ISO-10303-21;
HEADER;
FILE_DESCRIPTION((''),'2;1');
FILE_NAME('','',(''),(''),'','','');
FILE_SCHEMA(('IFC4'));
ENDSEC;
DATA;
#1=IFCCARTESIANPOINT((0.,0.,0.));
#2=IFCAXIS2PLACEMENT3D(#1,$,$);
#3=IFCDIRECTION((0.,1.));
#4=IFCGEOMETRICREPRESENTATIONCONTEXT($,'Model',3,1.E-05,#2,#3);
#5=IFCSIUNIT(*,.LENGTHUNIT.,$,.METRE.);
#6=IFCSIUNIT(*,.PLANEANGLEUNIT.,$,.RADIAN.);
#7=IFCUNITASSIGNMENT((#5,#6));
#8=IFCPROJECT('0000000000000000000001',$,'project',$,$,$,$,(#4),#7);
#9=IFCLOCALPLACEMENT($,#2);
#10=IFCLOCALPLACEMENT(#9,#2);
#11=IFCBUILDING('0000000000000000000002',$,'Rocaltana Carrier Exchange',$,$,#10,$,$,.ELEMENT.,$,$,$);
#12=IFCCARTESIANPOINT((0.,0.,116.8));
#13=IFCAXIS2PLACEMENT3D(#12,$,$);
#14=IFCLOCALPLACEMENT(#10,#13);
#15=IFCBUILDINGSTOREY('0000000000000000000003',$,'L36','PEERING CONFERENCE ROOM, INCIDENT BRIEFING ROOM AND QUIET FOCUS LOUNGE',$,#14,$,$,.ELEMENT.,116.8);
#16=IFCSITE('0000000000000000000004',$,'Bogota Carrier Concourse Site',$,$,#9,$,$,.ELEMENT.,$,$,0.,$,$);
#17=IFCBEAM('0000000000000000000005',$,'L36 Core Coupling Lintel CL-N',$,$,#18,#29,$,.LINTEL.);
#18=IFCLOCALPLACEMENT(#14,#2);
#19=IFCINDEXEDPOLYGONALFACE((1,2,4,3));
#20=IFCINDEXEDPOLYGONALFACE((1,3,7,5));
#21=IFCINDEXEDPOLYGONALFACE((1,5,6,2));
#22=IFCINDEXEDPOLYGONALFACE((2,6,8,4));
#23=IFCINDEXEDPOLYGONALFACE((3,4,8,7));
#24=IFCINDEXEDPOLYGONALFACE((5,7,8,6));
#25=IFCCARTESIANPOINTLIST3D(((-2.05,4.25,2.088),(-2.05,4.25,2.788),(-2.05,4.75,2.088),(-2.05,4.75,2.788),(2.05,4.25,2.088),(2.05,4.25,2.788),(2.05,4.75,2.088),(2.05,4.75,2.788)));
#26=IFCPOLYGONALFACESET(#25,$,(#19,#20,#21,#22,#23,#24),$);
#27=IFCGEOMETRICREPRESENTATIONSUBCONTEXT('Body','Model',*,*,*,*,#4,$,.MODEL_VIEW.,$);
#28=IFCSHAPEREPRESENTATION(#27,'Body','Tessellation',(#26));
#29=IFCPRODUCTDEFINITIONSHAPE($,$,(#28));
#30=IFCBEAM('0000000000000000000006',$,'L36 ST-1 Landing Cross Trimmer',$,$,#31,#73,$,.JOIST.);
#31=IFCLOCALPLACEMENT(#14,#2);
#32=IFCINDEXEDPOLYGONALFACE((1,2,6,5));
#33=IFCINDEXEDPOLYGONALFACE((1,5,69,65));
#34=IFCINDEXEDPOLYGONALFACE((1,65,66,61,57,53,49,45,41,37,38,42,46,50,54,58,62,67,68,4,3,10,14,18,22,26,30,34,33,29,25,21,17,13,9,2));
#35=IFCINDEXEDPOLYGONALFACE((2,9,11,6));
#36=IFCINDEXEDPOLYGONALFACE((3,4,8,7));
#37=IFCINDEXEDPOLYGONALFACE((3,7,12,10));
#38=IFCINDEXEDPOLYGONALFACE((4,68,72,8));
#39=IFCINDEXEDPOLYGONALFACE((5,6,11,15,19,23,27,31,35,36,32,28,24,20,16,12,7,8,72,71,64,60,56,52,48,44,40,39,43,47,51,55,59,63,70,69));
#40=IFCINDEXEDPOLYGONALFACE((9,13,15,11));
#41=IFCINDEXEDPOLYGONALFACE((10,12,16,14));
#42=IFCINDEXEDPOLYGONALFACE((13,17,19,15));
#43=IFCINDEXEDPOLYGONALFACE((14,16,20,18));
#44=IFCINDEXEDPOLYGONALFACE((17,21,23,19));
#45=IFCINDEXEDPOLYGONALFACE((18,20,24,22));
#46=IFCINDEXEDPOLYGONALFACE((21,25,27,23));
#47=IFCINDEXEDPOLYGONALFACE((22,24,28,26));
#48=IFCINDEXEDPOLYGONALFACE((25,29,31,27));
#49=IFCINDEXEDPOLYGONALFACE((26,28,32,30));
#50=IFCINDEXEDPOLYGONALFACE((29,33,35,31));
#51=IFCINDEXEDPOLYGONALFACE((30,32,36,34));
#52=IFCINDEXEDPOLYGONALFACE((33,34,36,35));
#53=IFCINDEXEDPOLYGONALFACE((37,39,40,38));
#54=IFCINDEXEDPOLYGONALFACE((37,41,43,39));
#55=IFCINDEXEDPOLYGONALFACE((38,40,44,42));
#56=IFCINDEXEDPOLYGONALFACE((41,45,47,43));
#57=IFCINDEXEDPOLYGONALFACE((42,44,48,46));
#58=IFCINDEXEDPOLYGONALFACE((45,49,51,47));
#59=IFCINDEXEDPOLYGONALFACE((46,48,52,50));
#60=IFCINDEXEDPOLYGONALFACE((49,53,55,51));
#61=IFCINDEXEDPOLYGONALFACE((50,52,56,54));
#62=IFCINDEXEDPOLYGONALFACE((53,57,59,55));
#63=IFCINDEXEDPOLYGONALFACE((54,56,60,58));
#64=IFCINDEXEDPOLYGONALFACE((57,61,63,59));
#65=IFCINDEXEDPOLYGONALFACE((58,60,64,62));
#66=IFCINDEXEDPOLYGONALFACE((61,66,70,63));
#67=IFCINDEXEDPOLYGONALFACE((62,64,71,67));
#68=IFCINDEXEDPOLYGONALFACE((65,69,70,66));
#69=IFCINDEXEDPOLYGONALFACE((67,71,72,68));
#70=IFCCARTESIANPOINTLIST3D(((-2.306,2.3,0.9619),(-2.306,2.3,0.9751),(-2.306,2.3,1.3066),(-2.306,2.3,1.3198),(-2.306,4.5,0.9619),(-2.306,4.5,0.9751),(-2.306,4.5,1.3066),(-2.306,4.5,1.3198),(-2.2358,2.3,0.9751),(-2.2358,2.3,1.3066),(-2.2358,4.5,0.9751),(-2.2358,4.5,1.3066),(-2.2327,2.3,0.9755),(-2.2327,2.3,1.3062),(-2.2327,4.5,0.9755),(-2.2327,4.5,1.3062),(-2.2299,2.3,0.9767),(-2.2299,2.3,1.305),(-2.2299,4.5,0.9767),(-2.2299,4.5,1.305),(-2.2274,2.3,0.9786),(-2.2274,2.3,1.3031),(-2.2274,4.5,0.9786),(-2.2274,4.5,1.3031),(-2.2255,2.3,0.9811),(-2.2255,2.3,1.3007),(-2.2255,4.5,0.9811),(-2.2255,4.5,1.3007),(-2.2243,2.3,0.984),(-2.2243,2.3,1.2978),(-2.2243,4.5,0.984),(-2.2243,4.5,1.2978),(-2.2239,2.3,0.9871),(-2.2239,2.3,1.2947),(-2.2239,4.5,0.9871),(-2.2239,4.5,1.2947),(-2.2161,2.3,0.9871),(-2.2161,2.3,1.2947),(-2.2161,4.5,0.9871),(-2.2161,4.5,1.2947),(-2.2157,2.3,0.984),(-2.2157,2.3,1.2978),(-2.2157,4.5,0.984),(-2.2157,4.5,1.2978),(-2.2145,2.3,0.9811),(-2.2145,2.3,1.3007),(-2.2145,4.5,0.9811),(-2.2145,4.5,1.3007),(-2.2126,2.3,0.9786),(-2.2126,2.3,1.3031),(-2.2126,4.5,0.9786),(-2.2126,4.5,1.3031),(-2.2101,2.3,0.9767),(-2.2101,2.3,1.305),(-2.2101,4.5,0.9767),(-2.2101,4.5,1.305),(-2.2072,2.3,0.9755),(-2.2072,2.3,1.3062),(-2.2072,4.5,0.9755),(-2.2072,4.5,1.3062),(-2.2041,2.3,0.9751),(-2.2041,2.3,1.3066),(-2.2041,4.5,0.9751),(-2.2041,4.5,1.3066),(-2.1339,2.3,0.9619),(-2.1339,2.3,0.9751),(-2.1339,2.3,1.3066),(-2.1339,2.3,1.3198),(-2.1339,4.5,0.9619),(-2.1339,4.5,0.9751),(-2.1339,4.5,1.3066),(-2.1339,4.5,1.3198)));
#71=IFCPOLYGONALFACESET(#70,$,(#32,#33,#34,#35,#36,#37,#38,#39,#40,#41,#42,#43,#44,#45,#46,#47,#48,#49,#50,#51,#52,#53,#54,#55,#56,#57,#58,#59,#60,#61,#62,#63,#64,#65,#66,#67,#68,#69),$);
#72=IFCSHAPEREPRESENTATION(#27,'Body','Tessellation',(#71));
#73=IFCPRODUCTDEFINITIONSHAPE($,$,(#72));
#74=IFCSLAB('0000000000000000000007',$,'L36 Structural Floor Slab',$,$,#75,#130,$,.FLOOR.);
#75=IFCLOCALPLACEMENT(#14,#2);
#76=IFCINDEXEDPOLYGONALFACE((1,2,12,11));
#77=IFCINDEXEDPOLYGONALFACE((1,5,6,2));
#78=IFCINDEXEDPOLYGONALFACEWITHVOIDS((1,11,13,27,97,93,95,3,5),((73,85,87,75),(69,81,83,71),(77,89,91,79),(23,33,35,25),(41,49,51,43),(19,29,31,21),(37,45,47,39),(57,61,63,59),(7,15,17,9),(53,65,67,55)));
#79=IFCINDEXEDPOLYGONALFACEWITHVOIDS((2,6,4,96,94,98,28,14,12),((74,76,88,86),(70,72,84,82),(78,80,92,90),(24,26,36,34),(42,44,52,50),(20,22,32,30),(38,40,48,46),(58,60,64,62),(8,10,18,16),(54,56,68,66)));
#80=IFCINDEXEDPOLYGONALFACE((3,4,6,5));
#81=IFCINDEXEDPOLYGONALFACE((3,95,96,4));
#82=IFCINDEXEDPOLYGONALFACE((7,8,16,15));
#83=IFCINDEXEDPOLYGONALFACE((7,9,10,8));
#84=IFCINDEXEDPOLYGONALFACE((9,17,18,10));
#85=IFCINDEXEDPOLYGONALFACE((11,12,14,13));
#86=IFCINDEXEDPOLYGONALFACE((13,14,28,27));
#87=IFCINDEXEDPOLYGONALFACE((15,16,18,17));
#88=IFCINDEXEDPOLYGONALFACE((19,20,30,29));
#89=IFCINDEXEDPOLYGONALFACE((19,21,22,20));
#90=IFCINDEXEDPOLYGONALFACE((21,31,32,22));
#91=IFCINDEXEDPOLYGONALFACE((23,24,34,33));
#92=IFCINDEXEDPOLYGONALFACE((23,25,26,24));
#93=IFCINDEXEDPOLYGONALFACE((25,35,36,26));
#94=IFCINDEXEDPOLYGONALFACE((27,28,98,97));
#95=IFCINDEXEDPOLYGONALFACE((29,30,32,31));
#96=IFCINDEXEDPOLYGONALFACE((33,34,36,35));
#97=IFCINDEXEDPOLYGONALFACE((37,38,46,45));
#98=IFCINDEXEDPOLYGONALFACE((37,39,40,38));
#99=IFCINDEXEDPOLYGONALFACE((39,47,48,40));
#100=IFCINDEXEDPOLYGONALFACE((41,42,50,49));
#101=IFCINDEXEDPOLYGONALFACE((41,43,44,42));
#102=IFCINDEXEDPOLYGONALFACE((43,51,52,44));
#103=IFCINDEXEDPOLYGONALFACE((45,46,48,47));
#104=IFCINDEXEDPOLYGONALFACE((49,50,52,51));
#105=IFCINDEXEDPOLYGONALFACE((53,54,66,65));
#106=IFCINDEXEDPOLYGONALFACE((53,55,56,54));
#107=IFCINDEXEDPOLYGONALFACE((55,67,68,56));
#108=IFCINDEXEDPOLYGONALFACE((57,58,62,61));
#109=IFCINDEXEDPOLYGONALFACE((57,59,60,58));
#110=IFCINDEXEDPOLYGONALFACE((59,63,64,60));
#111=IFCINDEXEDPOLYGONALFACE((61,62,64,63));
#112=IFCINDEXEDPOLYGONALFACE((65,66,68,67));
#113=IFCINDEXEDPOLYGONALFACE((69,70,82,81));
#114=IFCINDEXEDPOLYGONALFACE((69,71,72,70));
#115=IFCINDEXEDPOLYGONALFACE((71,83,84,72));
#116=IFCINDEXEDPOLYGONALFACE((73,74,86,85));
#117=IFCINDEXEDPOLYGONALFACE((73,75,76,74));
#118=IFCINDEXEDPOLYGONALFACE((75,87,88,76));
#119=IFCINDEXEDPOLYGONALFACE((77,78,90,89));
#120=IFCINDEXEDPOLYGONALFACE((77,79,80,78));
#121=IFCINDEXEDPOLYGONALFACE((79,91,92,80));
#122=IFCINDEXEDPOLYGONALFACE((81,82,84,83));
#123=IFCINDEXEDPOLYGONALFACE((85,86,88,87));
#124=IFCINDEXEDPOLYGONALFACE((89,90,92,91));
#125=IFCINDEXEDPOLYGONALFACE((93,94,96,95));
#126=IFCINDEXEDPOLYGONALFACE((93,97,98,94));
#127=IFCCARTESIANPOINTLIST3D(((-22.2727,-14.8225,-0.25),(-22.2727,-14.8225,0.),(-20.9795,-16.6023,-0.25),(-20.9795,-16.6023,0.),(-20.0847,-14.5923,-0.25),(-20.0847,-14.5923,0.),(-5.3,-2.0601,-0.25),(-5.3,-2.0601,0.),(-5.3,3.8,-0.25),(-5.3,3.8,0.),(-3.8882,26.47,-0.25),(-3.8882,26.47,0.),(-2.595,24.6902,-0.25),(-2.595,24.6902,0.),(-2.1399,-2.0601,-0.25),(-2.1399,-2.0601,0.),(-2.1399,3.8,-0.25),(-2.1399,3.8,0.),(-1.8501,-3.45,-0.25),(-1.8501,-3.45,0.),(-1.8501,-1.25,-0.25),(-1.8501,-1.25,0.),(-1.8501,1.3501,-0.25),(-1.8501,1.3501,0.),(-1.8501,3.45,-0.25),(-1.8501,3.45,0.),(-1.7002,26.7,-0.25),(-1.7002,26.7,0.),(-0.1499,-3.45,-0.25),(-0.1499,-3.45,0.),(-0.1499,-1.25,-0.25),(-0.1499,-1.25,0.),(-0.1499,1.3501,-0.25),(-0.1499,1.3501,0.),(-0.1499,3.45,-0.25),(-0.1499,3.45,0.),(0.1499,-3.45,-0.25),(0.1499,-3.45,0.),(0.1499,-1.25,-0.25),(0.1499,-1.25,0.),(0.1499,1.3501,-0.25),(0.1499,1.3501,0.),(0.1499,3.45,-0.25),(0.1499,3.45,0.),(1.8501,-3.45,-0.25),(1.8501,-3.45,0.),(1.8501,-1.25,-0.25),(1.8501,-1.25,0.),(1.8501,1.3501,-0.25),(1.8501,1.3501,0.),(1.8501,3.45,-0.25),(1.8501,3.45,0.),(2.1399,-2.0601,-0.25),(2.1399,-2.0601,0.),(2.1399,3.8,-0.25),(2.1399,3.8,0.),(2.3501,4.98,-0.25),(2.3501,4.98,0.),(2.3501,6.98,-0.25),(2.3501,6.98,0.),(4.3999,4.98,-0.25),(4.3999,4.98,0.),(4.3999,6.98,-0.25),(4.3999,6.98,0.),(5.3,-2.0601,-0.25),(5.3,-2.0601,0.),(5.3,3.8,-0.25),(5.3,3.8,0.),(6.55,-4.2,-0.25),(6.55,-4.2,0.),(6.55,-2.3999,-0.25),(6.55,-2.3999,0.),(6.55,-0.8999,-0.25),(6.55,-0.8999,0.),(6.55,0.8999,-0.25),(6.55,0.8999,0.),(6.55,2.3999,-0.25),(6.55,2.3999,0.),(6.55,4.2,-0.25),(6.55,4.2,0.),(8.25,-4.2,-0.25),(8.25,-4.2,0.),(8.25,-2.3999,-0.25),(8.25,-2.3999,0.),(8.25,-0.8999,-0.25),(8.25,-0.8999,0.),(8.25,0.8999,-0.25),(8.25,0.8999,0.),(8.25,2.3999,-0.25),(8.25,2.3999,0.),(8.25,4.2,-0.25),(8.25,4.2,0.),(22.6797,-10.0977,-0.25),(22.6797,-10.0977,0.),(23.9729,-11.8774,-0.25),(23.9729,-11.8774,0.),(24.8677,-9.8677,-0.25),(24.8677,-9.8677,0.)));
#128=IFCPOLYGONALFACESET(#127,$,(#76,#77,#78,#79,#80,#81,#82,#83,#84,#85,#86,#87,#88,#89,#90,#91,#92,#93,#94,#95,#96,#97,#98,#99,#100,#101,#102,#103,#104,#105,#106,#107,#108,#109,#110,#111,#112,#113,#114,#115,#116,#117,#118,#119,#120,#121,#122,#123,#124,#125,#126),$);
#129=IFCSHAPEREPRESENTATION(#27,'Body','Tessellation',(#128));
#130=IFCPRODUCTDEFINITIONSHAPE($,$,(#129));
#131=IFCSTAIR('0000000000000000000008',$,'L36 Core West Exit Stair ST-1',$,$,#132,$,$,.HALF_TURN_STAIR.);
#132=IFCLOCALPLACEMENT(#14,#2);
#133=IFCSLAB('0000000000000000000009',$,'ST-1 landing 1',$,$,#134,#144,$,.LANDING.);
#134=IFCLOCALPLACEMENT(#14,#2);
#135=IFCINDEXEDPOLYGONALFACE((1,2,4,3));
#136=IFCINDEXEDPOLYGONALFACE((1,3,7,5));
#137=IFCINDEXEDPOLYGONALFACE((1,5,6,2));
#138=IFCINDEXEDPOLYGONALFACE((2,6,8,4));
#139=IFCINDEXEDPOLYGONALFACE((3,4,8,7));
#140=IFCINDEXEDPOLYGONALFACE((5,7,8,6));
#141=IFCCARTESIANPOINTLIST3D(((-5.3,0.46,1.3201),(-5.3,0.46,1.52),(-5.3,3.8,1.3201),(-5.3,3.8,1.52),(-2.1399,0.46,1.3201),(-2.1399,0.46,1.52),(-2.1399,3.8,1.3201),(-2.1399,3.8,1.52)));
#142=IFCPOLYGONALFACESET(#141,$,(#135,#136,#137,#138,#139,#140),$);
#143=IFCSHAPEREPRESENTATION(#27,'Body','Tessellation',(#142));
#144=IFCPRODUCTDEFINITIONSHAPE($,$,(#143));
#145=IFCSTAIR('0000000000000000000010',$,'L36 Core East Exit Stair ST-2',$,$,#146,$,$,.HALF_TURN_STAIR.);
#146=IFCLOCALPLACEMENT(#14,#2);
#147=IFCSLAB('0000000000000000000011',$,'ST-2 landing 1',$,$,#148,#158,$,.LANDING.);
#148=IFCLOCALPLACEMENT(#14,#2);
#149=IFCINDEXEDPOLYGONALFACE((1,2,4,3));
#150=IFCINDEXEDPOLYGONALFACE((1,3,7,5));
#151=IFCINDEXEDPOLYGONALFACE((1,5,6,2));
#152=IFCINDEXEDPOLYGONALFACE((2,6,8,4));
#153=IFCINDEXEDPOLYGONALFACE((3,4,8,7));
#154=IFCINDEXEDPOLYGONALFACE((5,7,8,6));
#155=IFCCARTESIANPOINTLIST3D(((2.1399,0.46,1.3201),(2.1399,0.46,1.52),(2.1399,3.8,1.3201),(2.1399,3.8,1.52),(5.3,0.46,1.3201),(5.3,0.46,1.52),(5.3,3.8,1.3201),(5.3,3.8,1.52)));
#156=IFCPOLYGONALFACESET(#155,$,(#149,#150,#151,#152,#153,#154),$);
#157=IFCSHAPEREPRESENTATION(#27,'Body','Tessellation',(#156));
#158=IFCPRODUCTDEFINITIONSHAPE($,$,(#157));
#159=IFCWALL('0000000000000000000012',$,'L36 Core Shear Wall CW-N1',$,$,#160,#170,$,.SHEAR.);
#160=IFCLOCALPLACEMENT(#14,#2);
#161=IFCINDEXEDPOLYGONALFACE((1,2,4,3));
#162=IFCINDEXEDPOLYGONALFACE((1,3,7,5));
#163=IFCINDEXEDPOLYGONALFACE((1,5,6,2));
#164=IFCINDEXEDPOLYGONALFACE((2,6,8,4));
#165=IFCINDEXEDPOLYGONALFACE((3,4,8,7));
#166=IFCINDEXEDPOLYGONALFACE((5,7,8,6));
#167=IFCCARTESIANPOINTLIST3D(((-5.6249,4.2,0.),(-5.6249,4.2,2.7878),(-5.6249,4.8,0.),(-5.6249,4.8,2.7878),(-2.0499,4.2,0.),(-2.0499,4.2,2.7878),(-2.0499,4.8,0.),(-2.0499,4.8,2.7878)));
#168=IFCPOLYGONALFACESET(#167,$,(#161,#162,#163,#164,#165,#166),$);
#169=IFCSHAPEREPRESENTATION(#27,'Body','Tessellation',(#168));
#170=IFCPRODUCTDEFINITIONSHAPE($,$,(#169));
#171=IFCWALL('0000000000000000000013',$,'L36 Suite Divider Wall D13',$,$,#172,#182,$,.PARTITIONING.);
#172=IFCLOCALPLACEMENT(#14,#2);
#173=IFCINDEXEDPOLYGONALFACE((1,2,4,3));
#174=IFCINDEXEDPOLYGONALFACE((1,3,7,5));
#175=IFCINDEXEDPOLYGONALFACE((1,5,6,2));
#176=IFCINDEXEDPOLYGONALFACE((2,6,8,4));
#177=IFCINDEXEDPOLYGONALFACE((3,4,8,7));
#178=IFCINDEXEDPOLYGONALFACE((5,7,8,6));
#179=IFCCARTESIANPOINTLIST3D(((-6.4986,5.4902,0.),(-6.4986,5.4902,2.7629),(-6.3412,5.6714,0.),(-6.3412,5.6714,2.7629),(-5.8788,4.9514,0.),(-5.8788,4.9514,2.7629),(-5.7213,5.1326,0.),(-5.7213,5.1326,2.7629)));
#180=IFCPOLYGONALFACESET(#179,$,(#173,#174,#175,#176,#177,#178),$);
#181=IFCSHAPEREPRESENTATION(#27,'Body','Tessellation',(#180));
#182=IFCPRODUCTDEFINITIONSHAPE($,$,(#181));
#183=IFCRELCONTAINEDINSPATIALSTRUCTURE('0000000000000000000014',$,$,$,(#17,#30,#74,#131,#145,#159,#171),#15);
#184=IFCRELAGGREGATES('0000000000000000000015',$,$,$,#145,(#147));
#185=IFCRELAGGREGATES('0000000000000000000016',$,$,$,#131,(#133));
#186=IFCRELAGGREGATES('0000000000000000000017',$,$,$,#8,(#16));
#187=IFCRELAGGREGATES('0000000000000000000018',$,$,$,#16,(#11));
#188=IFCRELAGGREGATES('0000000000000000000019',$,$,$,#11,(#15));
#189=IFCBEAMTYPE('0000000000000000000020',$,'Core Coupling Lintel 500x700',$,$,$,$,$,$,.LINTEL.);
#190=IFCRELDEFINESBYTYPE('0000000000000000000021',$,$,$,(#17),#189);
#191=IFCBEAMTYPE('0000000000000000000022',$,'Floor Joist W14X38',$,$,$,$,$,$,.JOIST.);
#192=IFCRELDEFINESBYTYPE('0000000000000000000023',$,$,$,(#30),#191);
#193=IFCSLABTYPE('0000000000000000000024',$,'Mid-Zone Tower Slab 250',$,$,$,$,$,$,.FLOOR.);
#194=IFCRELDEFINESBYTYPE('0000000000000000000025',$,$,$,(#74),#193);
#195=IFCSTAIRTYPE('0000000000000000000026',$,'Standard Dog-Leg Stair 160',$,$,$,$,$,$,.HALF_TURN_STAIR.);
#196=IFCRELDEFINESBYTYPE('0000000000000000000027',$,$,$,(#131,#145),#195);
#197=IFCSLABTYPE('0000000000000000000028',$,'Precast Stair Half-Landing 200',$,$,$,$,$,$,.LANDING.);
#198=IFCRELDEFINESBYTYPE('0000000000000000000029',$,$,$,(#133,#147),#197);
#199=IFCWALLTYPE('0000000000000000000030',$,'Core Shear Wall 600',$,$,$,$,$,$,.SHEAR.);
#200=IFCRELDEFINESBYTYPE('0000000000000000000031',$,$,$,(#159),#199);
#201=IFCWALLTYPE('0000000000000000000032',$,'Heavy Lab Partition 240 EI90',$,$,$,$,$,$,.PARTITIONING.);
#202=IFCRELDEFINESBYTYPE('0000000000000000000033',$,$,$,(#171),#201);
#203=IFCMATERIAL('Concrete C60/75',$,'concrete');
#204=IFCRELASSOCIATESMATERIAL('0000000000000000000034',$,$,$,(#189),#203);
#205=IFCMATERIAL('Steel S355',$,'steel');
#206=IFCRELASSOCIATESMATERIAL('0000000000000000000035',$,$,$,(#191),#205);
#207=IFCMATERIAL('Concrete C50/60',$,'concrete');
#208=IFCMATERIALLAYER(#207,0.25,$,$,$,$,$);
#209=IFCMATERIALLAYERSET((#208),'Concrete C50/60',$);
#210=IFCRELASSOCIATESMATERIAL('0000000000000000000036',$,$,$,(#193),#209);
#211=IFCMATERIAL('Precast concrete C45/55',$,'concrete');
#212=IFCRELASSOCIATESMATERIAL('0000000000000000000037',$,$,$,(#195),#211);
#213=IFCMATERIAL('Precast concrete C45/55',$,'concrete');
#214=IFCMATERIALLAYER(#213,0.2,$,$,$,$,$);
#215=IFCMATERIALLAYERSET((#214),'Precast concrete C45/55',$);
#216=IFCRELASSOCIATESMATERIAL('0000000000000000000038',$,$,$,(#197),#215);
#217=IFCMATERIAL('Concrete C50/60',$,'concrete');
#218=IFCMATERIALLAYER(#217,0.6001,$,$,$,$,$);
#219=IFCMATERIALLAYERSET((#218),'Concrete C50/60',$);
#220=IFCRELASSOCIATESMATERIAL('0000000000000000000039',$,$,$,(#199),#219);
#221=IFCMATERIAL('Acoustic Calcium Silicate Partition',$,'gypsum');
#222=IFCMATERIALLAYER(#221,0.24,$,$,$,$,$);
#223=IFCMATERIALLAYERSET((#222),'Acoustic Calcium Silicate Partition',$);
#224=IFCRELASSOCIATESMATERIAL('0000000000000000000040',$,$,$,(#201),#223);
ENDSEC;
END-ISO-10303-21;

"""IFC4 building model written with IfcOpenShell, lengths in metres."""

from ifc_helpers import new_model, si_unit, direction, frame, frame_2d, origin, origin_2d, place, context, subcontext, project, spatial, polyline, rectangle, i_section, outline, extrude, material, layer, layer_set, material_profile, profile_set, type_object, element, aggregate, save


model = new_model("IFC4")

# Units and contexts
model_context = context("Model", 3, precision=1e-05, world=origin(), true_north=direction((0.0, 1.0)))
body_context = subcontext(model_context, "Body", "Model", "MODEL_VIEW")
ifc_project = project(units=[si_unit("LENGTHUNIT", "METRE"), si_unit("PLANEANGLEUNIT", "RADIAN")], contexts=[model_context])

# Site, building, storey
site_placement = place(None, origin())
site = spatial("IfcSite", under=ifc_project, at=site_placement, Name="Bogota Carrier Concourse Site", CompositionType="ELEMENT", RefElevation=0.0)
building_placement = place(site_placement, origin())
building = spatial("IfcBuilding", under=site, at=building_placement, Name="Rocaltana Carrier Exchange", CompositionType="ELEMENT")
storey_placement = place(building_placement, frame((0.0, 0.0, 116.8)))
storey = spatial("IfcBuildingStorey", under=building, at=storey_placement, Name="L36", Description="PEERING CONFERENCE ROOM, INCIDENT BRIEFING ROOM AND QUIET FOCUS LOUNGE", CompositionType="ELEMENT", Elevation=116.8)

# Beams
ifc_material_1 = material(Name="Concrete C60/75", Category="concrete")
ifc_material_profile_1 = material_profile(ifc_material_1, rectangle(XDim=0.5, YDim=0.7, at=origin_2d()), Name="RC-BM-500X700")
ifc_profile_set_1 = profile_set([ifc_material_profile_1], Name="Concrete C60/75")
beam_type_1 = type_object("IfcBeamType", Name="Core Coupling Lintel 500x700", PredefinedType="LINTEL", material=ifc_profile_set_1)
beam_1_placement = place(storey_placement, frame((-2.05, 4.5, 2.438), z_axis=(1.0, 0.0, 0.0), x_axis=(0.0, 1.0, 0.0)))
element("IfcBeam", 1, at=beam_1_placement, inside=storey, type_object=beam_type_1, Name="L36 Core Coupling Lintel CL-N", PredefinedType="LINTEL", context=body_context, shape_type="SweptSolid", body=[
    extrude(rectangle(XDim=0.5, YDim=0.7, at=origin_2d()), origin(), (0.0, 0.0, 1.0), 4.1001),
])
ifc_material_2 = material(Name="Steel S355", Category="steel")
ifc_material_profile_2 = material_profile(ifc_material_2, i_section(OverallWidth=0.1721, OverallDepth=0.3579, WebThickness=0.0078, FlangeThickness=0.0132, FilletRadius=0.012, at=origin_2d()), Name="W14X38")
ifc_profile_set_2 = profile_set([ifc_material_profile_2], Name="Steel S355")
beam_type_2 = type_object("IfcBeamType", Name="Floor Joist W14X38", PredefinedType="JOIST", material=ifc_profile_set_2)
beam_2_placement = place(storey_placement, frame((-2.22, 2.3, 1.1409), z_axis=(0.0, 1.0, 0.0), x_axis=(-1.0, 0.0, 0.0)))
element("IfcBeam", 2, at=beam_2_placement, inside=storey, type_object=beam_type_2, Name="L36 ST-1 Landing Cross Trimmer", PredefinedType="JOIST", context=body_context, shape_type="SweptSolid", body=[
    extrude(i_section(OverallWidth=0.1721, OverallDepth=0.3579, WebThickness=0.0078, FlangeThickness=0.0132, FilletRadius=0.012, at=origin_2d()), origin(), (0.0, 0.0, 1.0), 2.2),
])

# Slab
ifc_material_3 = material(Name="Concrete C50/60", Category="concrete")
ifc_layer_1 = layer(ifc_material_3, 0.25)
ifc_layer_set_1 = layer_set([ifc_layer_1], Name="Concrete C50/60")
slab_type_1 = type_object("IfcSlabType", Name="Mid-Zone Tower Slab 250", PredefinedType="FLOOR", material=ifc_layer_set_1)
slab_1_placement = place(storey_placement, frame((0.0, 0.0, -0.25)))
element("IfcSlab", 3, at=slab_1_placement, inside=storey, type_object=slab_type_1, Name="L36 Structural Floor Slab", PredefinedType="FLOOR", context=body_context, shape_type="SweptSolid", body=[
    extrude(outline(polyline([(23.9729, -11.8774), (22.6797, -10.0977), (24.8677, -9.8677), (-1.7002, 26.7), (-2.595, 24.6902), (-3.8882, 26.47), (-22.2727, -14.8225), (-20.0847, -14.5923), (-20.9795, -16.6023), (23.9729, -11.8774)]), holes=[polyline([(-5.3, -2.0601), (-2.1399, -2.0601), (-2.1399, 3.8), (-5.3, 3.8), (-5.3, -2.0601)]), polyline([(2.1399, -2.0601), (5.3, -2.0601), (5.3, 3.8), (2.1399, 3.8), (2.1399, -2.0601)]), polyline([(-1.8501, -3.45), (-0.1499, -3.45), (-0.1499, -1.25), (-1.8501, -1.25), (-1.8501, -3.45)]), polyline([(0.1499, -3.45), (1.8501, -3.45), (1.8501, -1.25), (0.1499, -1.25), (0.1499, -3.45)]), polyline([(2.3501, 4.98), (4.3999, 4.98), (4.3999, 6.98), (2.3501, 6.98), (2.3501, 4.98)]), polyline([(-1.8501, 1.3501), (-0.1499, 1.3501), (-0.1499, 3.45), (-1.8501, 3.45), (-1.8501, 1.3501)]), polyline([(0.1499, 1.3501), (1.8501, 1.3501), (1.8501, 3.45), (0.1499, 3.45), (0.1499, 1.3501)]), polyline([(6.55, -4.2), (8.25, -4.2), (8.25, -2.3999), (6.55, -2.3999), (6.55, -4.2)]), polyline([(6.55, -0.8999), (8.25, -0.8999), (8.25, 0.8999), (6.55, 0.8999), (6.55, -0.8999)]), polyline([(6.55, 2.3999), (8.25, 2.3999), (8.25, 4.2), (6.55, 4.2), (6.55, 2.3999)])]), origin(), (0.0, 0.0, 1.0), 0.25),
])

# Stairs, slabs
ifc_material_4 = material(Name="Precast concrete C45/55", Category="concrete")
stair_type = type_object("IfcStairType", Name="Standard Dog-Leg Stair 160", PredefinedType="HALF_TURN_STAIR", material=ifc_material_4)
stair_1_placement = place(storey_placement, origin())
stair_1 = element("IfcStair", 4, at=stair_1_placement, inside=storey, type_object=stair_type, Name="L36 Core West Exit Stair ST-1", PredefinedType="HALF_TURN_STAIR")
ifc_material_5 = material(Name="Precast concrete C45/55", Category="concrete")
ifc_layer_2 = layer(ifc_material_5, 0.2)
ifc_layer_set_2 = layer_set([ifc_layer_2], Name="Precast concrete C45/55")
slab_type_2 = type_object("IfcSlabType", Name="Precast Stair Half-Landing 200", PredefinedType="LANDING", material=ifc_layer_set_2)
slab_2_placement = place(storey_placement, frame((0.0, 0.0, 1.3201)))
slab_2 = element("IfcSlab", 5, at=slab_2_placement, type_object=slab_type_2, Name="ST-1 landing 1", PredefinedType="LANDING", context=body_context, shape_type="SweptSolid", body=[
    extrude(outline(polyline([(-2.1399, 0.46), (-2.1399, 3.8), (-5.3, 3.8), (-5.3, 0.46), (-2.1399, 0.46)])), origin(), (0.0, 0.0, 1.0), 0.2),
])
stair_2_placement = place(storey_placement, origin())
stair_2 = element("IfcStair", 6, at=stair_2_placement, inside=storey, type_object=stair_type, Name="L36 Core East Exit Stair ST-2", PredefinedType="HALF_TURN_STAIR")
slab_3_placement = place(storey_placement, frame((0.0, 0.0, 1.3201)))
slab_3 = element("IfcSlab", 7, at=slab_3_placement, type_object=slab_type_2, Name="ST-2 landing 1", PredefinedType="LANDING", context=body_context, shape_type="SweptSolid", body=[
    extrude(outline(polyline([(5.3, 0.46), (5.3, 3.8), (2.1399, 3.8), (2.1399, 0.46), (5.3, 0.46)])), origin(), (0.0, 0.0, 1.0), 0.2),
])
aggregate(stair_2, [slab_3])

# Walls
ifc_material_6 = material(Name="Concrete C50/60", Category="concrete")
ifc_layer_3 = layer(ifc_material_6, 0.6001)
ifc_layer_set_3 = layer_set([ifc_layer_3], Name="Concrete C50/60")
wall_type_1 = type_object("IfcWallType", Name="Core Shear Wall 600", PredefinedType="SHEAR", material=ifc_layer_set_3)
wall_1_placement = place(storey_placement, frame((-5.625, 4.5, 0.0), z_axis=(0.0, 0.0, 1.0), x_axis=(1.0, 0.0, 0.0)))
element("IfcWall", 8, at=wall_1_placement, inside=storey, type_object=wall_type_1, Name="L36 Core Shear Wall CW-N1", PredefinedType="SHEAR", context=body_context, shape_type="SweptSolid", body=[
    extrude(rectangle(XDim=3.575, YDim=0.6001, at=frame_2d((1.7876, 0.0))), origin(), (0.0, 0.0, 1.0), 2.7878),
])
ifc_material_7 = material(Name="Acoustic Calcium Silicate Partition", Category="gypsum")
ifc_layer_4 = layer(ifc_material_7, 0.24)
ifc_layer_set_4 = layer_set([ifc_layer_4], Name="Acoustic Calcium Silicate Partition")
wall_type_2 = type_object("IfcWallType", Name="Heavy Lab Partition 240 EI90", PredefinedType="PARTITIONING", material=ifc_layer_set_4)
wall_2_placement = place(storey_placement, frame((-5.8, 5.042, 0.0), z_axis=(0.0, 0.0, 1.0), x_axis=(-0.754727, 0.656039, 0.0)))
element("IfcWall", 9, at=wall_2_placement, inside=storey, type_object=wall_type_2, Name="L36 Suite Divider Wall D13", PredefinedType="PARTITIONING", context=body_context, shape_type="SweptSolid", body=[
    extrude(rectangle(XDim=0.8213, YDim=0.24, at=frame_2d((0.4106, 0.0))), origin(), (0.0, 0.0, 1.0), 2.7629),
])

aggregate(stair_1, [slab_2])

save(model, "model.ifc")
